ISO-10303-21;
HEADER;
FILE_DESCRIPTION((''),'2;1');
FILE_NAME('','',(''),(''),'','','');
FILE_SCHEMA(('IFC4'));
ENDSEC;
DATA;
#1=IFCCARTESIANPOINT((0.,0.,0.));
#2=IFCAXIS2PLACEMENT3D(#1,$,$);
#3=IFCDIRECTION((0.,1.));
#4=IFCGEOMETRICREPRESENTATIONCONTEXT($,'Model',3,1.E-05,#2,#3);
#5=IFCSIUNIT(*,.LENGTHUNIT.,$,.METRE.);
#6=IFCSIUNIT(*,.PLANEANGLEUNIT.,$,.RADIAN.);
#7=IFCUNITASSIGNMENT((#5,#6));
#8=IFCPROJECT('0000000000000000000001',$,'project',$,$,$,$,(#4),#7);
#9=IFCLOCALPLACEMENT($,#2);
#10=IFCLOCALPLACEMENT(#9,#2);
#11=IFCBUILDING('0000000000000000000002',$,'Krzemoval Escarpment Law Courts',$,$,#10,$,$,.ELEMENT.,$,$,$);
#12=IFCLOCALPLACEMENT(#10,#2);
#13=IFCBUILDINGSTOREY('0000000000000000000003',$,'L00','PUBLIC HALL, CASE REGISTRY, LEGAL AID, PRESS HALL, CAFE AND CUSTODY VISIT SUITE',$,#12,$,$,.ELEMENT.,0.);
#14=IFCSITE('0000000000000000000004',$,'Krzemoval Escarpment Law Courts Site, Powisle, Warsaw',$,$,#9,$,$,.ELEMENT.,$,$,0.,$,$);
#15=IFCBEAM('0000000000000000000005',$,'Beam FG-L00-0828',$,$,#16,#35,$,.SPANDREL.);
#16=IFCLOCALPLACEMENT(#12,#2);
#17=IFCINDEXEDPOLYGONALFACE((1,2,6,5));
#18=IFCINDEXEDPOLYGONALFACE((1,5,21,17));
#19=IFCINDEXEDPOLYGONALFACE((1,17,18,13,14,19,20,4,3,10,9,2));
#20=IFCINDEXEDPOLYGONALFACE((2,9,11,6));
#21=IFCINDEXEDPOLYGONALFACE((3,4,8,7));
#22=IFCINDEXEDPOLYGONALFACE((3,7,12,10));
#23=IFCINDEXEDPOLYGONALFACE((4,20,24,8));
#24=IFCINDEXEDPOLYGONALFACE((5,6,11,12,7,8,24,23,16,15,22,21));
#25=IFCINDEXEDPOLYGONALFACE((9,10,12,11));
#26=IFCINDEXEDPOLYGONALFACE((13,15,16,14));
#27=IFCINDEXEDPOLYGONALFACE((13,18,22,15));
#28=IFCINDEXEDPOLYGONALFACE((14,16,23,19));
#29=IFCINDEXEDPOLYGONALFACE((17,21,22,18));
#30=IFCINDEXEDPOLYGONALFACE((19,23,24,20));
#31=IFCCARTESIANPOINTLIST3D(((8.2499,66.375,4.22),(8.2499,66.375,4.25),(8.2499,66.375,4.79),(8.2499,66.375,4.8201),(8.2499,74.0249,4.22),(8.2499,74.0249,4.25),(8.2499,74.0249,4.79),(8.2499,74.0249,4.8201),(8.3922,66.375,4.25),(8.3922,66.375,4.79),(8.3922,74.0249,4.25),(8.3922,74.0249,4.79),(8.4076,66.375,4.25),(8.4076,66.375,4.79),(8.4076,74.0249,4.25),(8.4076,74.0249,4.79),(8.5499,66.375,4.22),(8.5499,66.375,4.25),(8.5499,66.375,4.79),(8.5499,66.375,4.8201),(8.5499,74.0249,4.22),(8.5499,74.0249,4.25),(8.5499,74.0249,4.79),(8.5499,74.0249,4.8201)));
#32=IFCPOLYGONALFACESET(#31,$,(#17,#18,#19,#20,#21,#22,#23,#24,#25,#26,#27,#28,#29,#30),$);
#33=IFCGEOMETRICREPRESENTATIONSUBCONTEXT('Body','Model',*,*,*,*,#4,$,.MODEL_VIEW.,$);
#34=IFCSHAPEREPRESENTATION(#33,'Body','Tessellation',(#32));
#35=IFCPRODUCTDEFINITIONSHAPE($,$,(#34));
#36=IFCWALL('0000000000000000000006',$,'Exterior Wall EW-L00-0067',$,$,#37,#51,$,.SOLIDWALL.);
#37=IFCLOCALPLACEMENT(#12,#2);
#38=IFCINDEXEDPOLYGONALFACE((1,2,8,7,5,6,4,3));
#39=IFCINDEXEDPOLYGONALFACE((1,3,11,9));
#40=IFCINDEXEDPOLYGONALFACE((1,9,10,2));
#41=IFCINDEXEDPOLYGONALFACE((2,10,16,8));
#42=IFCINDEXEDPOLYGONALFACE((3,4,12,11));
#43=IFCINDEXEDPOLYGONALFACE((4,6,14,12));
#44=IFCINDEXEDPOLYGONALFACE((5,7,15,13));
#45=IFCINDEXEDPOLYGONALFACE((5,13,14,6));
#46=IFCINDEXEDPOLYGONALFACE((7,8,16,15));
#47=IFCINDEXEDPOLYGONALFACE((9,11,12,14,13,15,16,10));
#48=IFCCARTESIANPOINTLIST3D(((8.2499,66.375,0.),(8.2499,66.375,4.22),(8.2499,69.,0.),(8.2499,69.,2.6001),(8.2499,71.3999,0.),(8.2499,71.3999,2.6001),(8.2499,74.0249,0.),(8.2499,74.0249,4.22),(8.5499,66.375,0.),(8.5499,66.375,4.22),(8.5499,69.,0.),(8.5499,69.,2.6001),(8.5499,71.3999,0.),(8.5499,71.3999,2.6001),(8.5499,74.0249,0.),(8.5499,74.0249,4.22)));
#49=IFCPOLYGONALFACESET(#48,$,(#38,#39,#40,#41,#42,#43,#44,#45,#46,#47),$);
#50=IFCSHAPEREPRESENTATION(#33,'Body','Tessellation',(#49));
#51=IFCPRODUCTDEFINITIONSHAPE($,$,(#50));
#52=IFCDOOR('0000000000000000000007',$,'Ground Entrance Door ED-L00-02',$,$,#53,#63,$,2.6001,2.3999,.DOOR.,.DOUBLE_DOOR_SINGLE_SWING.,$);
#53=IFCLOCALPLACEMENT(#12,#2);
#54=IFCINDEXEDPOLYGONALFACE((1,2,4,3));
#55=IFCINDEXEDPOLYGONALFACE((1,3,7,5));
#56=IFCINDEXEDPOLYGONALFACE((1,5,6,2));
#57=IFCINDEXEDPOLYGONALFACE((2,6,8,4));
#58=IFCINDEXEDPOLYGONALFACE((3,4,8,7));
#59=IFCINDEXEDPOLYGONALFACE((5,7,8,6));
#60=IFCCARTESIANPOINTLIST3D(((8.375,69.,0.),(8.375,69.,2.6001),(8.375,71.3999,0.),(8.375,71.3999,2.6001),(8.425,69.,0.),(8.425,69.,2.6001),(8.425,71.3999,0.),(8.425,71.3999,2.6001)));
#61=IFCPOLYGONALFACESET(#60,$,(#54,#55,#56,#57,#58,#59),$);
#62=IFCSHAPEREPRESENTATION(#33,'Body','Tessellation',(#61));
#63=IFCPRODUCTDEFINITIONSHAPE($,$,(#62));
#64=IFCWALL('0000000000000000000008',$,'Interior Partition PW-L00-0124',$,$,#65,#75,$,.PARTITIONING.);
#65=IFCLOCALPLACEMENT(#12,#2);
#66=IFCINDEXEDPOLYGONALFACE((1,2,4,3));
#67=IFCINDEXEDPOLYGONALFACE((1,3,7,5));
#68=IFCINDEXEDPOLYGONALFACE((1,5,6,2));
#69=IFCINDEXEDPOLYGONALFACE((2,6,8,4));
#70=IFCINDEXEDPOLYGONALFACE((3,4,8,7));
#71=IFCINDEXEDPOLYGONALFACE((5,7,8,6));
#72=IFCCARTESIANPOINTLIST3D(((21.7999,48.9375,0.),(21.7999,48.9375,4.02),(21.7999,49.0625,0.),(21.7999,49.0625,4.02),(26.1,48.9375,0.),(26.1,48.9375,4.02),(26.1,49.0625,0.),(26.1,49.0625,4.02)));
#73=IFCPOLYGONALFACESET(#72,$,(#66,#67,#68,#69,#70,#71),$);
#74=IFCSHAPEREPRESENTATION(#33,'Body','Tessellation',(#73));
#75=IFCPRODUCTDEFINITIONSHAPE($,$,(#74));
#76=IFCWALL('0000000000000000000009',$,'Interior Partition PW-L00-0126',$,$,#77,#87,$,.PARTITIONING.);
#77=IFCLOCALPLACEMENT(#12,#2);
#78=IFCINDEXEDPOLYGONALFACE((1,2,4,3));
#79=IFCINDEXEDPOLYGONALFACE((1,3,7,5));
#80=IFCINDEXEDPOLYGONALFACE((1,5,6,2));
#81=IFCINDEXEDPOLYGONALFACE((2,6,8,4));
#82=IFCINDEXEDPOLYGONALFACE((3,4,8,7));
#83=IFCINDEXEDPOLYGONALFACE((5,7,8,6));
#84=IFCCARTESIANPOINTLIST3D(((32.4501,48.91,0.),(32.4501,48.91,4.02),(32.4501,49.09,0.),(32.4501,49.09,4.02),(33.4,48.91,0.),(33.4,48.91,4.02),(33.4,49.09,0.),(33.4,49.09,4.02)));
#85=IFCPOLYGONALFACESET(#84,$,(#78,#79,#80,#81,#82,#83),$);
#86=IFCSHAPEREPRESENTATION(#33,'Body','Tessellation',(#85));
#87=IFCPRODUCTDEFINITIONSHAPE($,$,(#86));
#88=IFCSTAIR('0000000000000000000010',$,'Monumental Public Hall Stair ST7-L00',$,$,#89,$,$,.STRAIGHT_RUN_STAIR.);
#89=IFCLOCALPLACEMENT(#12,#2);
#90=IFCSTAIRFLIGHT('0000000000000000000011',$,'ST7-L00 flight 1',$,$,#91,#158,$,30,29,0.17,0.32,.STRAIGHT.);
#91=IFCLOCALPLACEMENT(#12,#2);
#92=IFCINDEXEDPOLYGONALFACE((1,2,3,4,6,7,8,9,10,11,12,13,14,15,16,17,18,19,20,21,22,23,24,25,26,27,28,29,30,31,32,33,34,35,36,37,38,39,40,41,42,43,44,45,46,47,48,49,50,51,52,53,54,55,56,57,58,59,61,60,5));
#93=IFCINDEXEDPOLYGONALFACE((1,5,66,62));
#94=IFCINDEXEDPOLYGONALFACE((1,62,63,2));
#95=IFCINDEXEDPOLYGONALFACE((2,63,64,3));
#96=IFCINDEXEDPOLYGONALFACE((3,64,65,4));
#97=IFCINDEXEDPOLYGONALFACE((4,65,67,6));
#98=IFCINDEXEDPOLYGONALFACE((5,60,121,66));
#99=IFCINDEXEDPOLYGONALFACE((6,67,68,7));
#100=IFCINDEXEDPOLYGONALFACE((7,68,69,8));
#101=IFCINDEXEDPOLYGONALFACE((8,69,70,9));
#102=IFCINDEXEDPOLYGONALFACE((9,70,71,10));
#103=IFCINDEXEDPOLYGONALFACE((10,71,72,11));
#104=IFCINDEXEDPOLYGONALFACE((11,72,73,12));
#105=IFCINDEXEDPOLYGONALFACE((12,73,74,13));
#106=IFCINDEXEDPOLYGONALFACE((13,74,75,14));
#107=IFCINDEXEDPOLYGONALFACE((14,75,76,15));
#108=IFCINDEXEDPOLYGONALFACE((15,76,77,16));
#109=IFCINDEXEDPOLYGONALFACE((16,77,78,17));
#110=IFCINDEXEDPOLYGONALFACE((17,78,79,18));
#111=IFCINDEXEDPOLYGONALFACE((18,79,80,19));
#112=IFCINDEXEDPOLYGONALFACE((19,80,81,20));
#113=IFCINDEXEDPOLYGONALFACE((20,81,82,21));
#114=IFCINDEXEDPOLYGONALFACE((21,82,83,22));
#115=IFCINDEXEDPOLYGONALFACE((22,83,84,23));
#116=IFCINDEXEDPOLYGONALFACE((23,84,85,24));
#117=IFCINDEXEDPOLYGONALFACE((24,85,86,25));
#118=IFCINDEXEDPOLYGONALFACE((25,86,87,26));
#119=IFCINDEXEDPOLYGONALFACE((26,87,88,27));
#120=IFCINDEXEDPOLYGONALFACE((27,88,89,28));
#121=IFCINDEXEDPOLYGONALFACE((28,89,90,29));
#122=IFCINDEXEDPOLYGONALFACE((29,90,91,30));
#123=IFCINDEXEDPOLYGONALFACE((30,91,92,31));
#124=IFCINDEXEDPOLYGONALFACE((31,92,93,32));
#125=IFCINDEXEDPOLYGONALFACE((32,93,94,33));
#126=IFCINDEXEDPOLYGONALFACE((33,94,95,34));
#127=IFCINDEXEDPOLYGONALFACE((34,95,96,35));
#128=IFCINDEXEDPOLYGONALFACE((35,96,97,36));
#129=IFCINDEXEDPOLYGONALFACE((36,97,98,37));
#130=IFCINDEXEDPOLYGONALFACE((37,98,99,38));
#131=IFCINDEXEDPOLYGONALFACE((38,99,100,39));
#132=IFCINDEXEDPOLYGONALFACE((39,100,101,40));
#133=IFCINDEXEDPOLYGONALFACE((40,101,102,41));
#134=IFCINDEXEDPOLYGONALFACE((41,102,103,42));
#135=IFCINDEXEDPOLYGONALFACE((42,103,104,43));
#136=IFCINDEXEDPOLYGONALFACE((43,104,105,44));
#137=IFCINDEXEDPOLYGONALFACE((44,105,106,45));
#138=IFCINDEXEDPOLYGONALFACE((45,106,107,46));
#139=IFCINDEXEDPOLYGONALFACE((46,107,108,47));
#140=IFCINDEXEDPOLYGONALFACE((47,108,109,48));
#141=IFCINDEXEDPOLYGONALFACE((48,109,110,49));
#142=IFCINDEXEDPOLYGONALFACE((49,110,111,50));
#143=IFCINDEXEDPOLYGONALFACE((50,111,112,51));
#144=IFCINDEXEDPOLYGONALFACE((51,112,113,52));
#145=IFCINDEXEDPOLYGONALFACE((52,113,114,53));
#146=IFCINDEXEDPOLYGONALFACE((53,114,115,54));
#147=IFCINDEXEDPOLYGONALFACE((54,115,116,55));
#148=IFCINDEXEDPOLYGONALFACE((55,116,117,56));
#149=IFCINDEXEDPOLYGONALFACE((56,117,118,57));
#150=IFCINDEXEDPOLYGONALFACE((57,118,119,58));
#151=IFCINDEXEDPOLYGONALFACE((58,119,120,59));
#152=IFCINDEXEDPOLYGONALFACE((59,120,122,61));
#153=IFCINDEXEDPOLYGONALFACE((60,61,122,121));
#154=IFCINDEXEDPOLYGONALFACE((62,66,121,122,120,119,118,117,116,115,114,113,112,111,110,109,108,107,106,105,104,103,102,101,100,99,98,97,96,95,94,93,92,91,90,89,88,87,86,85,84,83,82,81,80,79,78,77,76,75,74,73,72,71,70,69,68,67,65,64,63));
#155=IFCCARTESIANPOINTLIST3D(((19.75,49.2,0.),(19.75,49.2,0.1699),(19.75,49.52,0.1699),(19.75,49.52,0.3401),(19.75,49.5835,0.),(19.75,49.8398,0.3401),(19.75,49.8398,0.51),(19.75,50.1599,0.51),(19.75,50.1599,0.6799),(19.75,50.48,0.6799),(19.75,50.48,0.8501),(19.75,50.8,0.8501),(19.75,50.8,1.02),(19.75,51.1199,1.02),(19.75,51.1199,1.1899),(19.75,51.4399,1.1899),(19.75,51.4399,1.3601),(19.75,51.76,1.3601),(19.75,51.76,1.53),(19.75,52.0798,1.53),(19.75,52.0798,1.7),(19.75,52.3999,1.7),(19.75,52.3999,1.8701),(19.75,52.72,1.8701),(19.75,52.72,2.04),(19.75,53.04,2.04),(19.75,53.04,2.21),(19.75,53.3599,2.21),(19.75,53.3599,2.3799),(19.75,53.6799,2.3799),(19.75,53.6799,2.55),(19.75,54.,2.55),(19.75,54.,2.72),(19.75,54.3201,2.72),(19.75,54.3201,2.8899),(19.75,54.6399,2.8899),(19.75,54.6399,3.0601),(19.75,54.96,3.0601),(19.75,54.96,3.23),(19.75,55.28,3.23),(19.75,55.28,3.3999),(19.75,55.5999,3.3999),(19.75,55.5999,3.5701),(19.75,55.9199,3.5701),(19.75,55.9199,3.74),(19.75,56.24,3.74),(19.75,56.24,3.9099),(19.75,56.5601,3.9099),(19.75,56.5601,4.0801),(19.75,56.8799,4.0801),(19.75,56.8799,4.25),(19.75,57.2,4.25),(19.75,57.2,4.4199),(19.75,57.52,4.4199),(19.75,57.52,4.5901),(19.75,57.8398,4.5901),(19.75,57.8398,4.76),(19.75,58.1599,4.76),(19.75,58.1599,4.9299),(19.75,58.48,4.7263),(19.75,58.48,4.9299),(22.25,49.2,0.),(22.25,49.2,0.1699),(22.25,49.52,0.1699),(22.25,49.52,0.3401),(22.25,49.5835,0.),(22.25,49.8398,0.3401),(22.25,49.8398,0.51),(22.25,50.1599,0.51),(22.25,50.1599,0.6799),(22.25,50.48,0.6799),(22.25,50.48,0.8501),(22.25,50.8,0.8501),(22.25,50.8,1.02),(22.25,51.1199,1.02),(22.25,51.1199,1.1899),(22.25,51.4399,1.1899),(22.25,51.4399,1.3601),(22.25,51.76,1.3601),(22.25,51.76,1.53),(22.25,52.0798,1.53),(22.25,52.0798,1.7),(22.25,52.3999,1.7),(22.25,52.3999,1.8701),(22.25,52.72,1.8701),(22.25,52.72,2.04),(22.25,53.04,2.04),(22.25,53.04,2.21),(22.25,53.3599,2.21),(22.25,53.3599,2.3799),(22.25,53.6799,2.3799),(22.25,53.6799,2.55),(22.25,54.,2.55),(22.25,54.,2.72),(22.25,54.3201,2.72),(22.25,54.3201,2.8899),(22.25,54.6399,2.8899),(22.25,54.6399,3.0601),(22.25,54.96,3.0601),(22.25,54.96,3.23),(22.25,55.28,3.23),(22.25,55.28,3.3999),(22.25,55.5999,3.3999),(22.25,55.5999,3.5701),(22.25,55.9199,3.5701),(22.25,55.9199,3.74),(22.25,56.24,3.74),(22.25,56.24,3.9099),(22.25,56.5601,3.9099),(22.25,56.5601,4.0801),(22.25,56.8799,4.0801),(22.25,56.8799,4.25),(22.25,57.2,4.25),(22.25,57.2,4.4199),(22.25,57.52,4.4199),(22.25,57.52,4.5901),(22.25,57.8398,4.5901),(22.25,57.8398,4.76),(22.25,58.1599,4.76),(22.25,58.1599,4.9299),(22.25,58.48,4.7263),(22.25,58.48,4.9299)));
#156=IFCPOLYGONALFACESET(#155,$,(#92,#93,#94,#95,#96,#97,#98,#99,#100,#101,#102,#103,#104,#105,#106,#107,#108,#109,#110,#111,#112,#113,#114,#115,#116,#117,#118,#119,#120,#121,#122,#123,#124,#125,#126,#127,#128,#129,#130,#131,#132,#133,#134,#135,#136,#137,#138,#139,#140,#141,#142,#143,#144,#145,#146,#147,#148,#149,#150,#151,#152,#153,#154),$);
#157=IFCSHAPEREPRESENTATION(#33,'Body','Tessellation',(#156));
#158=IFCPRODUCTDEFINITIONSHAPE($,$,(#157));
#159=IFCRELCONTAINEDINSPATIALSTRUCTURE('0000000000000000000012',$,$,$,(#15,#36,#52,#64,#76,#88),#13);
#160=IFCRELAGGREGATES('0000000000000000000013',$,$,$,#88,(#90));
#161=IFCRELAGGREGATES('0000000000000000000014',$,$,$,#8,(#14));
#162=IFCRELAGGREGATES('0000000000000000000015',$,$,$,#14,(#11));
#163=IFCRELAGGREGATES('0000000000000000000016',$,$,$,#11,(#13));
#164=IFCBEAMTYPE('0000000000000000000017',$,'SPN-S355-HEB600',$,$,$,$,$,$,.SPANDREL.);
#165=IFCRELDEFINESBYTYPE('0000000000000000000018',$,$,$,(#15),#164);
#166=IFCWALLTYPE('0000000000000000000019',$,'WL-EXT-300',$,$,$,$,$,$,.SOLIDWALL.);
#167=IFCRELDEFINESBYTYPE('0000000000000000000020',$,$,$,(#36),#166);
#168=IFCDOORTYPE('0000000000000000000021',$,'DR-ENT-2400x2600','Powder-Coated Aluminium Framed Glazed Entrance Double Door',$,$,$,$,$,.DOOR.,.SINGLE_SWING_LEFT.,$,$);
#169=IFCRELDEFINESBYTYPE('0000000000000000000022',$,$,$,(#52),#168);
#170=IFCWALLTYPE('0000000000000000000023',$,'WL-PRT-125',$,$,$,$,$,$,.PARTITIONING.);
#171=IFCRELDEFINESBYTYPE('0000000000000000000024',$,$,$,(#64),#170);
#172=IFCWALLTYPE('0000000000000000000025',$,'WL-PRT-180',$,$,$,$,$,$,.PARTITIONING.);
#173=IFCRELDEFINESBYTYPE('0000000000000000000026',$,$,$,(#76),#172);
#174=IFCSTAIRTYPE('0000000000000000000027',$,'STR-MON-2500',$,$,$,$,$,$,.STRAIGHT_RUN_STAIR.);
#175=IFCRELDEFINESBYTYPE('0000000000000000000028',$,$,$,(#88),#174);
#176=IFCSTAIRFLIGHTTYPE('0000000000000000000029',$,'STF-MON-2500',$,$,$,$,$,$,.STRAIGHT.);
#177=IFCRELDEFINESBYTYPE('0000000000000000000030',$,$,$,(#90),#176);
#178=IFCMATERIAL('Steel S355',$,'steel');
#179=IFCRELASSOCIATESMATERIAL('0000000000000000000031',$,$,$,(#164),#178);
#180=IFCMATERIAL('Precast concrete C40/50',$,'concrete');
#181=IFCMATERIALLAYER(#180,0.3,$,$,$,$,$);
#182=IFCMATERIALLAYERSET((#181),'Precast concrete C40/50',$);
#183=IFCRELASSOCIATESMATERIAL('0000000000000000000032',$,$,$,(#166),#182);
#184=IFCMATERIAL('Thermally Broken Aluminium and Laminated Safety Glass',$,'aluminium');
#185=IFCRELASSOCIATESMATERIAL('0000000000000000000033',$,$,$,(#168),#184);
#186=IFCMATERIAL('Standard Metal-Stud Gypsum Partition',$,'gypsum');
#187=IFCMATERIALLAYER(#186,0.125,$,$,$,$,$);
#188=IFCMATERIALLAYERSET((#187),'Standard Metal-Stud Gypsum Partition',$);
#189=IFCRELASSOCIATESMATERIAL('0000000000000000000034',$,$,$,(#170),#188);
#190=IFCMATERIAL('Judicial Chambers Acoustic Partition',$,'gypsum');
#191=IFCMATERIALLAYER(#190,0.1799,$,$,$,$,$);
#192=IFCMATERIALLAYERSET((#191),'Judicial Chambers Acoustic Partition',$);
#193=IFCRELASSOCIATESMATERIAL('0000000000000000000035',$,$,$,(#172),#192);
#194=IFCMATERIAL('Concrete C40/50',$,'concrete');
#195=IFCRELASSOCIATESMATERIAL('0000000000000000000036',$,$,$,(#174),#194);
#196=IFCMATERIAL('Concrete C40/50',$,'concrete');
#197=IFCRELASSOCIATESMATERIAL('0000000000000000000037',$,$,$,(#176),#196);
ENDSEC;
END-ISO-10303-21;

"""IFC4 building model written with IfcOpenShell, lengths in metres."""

from ifc_helpers import new_model, si_unit, direction, frame, frame_2d, origin, origin_2d, place, context, subcontext, project, spatial, polyline, rectangle, i_section, outline, extrude, material, layer, layer_set, material_profile, profile_set, type_object, element, fill, aggregate, save


model = new_model("IFC4")

# Units and contexts
model_context = context("Model", 3, precision=1e-05, world=origin(), true_north=direction((0.0, 1.0)))
body_context = subcontext(model_context, "Body", "Model", "MODEL_VIEW")
ifc_project = project(units=[si_unit("LENGTHUNIT", "METRE"), si_unit("PLANEANGLEUNIT", "RADIAN")], contexts=[model_context])

# Site, building, storey
site_placement = place(None, origin())
site = spatial("IfcSite", under=ifc_project, at=site_placement, Name="Krzemoval Escarpment Law Courts Site, Powisle, Warsaw", CompositionType="ELEMENT", RefElevation=0.0)
building_placement = place(site_placement, origin())
building = spatial("IfcBuilding", under=site, at=building_placement, Name="Krzemoval Escarpment Law Courts", CompositionType="ELEMENT")
storey_placement = place(building_placement, origin())
storey = spatial("IfcBuildingStorey", under=building, at=storey_placement, Name="L00", Description="PUBLIC HALL, CASE REGISTRY, LEGAL AID, PRESS HALL, CAFE AND CUSTODY VISIT SUITE", CompositionType="ELEMENT", Elevation=0.0)

# Beam
ifc_material_1 = material(Name="Steel S355", Category="steel")
ifc_material_profile_1 = material_profile(ifc_material_1, i_section(OverallWidth=0.3, OverallDepth=0.6001, WebThickness=0.0154, FlangeThickness=0.03, at=origin_2d()), Name="HEB 600")
ifc_profile_set_1 = profile_set([ifc_material_profile_1], Name="Steel S355")
beam_type_1 = type_object("IfcBeamType", Name="SPN-S355-HEB600", PredefinedType="SPANDREL", material=ifc_profile_set_1)
beam_1_placement = place(storey_placement, frame((8.3999, 66.375, 4.52), z_axis=(0.0, 1.0, 0.0), x_axis=(-1.0, 0.0, 0.0)))
element("IfcBeam", 1, at=beam_1_placement, inside=storey, type_object=beam_type_1, Name="Beam FG-L00-0828", PredefinedType="SPANDREL", context=body_context, shape_type="SweptSolid", body=[
    extrude(i_section(OverallWidth=0.3, OverallDepth=0.6001, WebThickness=0.0154, FlangeThickness=0.03, at=origin_2d()), origin(), (0.0, 0.0, 1.0), 7.6499),
])

# Wall, opening, door
ifc_material_2 = material(Name="Precast concrete C40/50", Category="concrete")
ifc_layer_1 = layer(ifc_material_2, 0.3)
ifc_layer_set_1 = layer_set([ifc_layer_1], Name="Precast concrete C40/50")
wall_type_1 = type_object("IfcWallType", Name="WL-EXT-300", PredefinedType="SOLIDWALL", material=ifc_layer_set_1)
wall_1_placement = place(storey_placement, frame((8.3999, 66.375, 0.0), z_axis=(0.0, 0.0, 1.0), x_axis=(0.0, 1.0, 0.0)))
wall_1 = element("IfcWall", 2, at=wall_1_placement, inside=storey, type_object=wall_type_1, Name="Exterior Wall EW-L00-0067", PredefinedType="SOLIDWALL", context=body_context, shape_type="SweptSolid", body=[
    extrude(rectangle(XDim=7.6499, YDim=0.3, at=frame_2d((3.825, 0.0))), origin(), (0.0, 0.0, 1.0), 4.22),
])
opening_placement = place(wall_1_placement, frame((2.625, 0.0, 0.0)))
opening = element("IfcOpeningElement", 3, at=opening_placement, cuts=wall_1, PredefinedType="OPENING", context=body_context, shape_type="SweptSolid", body=[
    extrude(rectangle(XDim=2.3999, YDim=2.6001, at=frame_2d((1.2, 1.3))), frame((0.0, 0.165, 0.0), z_axis=(0.0, -1.0, 0.0), x_axis=(1.0, 0.0, 0.0)), (0.0, 0.0, 1.0), 0.3301),
])
ifc_material_3 = material(Name="Thermally Broken Aluminium and Laminated Safety Glass", Category="aluminium")
door_type = type_object("IfcDoorType", Name="DR-ENT-2400x2600", Description="Powder-Coated Aluminium Framed Glazed Entrance Double Door", OperationType="SINGLE_SWING_LEFT", PredefinedType="DOOR", material=ifc_material_3)
door_placement = place(opening_placement, origin())
door = element("IfcDoor", 4, at=door_placement, inside=storey, type_object=door_type, Name="Ground Entrance Door ED-L00-02", OperationType="DOUBLE_DOOR_SINGLE_SWING", OverallHeight=2.6001, OverallWidth=2.3999, PredefinedType="DOOR", context=body_context, shape_type="SweptSolid", body=[
    extrude(rectangle(XDim=2.3999, YDim=2.6001, at=frame_2d((1.2, 1.3))), frame((0.0, 0.0249, 0.0), z_axis=(0.0, -1.0, 0.0), x_axis=(1.0, 0.0, 0.0)), (0.0, 0.0, 1.0), 0.05),
])
fill(opening, door)

# Walls
ifc_material_4 = material(Name="Standard Metal-Stud Gypsum Partition", Category="gypsum")
ifc_layer_2 = layer(ifc_material_4, 0.125)
ifc_layer_set_2 = layer_set([ifc_layer_2], Name="Standard Metal-Stud Gypsum Partition")
wall_type_2 = type_object("IfcWallType", Name="WL-PRT-125", PredefinedType="PARTITIONING", material=ifc_layer_set_2)
wall_2_placement = place(storey_placement, frame((21.8, 49.0, 0.0), z_axis=(0.0, 0.0, 1.0), x_axis=(1.0, 0.0, 0.0)))
element("IfcWall", 5, at=wall_2_placement, inside=storey, type_object=wall_type_2, Name="Interior Partition PW-L00-0124", PredefinedType="PARTITIONING", context=body_context, shape_type="SweptSolid", body=[
    extrude(rectangle(XDim=4.3, YDim=0.125, at=frame_2d((2.1499, 0.0))), origin(), (0.0, 0.0, 1.0), 4.02),
])
ifc_material_5 = material(Name="Judicial Chambers Acoustic Partition", Category="gypsum")
ifc_layer_3 = layer(ifc_material_5, 0.1799)
ifc_layer_set_3 = layer_set([ifc_layer_3], Name="Judicial Chambers Acoustic Partition")
wall_type_3 = type_object("IfcWallType", Name="WL-PRT-180", PredefinedType="PARTITIONING", material=ifc_layer_set_3)
wall_3_placement = place(storey_placement, frame((32.45, 49.0, 0.0), z_axis=(0.0, 0.0, 1.0), x_axis=(1.0, 0.0, 0.0)))
element("IfcWall", 6, at=wall_3_placement, inside=storey, type_object=wall_type_3, Name="Interior Partition PW-L00-0126", PredefinedType="PARTITIONING", context=body_context, shape_type="SweptSolid", body=[
    extrude(rectangle(XDim=0.95, YDim=0.1799, at=frame_2d((0.4751, 0.0))), origin(), (0.0, 0.0, 1.0), 4.02),
])

# Stair, stair flight
ifc_material_6 = material(Name="Concrete C40/50", Category="concrete")
stair_type = type_object("IfcStairType", Name="STR-MON-2500", PredefinedType="STRAIGHT_RUN_STAIR", material=ifc_material_6)
stair_1_placement = place(storey_placement, origin())
stair_1 = element("IfcStair", 7, at=stair_1_placement, inside=storey, type_object=stair_type, Name="Monumental Public Hall Stair ST7-L00", PredefinedType="STRAIGHT_RUN_STAIR")
ifc_material_7 = material(Name="Concrete C40/50", Category="concrete")
stair_flight_type = type_object("IfcStairFlightType", Name="STF-MON-2500", PredefinedType="STRAIGHT", material=ifc_material_7)
stair_flight_1_placement = place(storey_placement, frame((21.0, 49.2, 0.0), z_axis=(0.0, 0.0, 1.0), x_axis=(0.0, 1.0, 0.0)))
stair_flight_1 = element("IfcStairFlight", 8, at=stair_flight_1_placement, type_object=stair_flight_type, Name="ST7-L00 flight 1", NumberOfRisers=30, NumberOfTreads=29, PredefinedType="STRAIGHT", RiserHeight=0.17, TreadLength=0.32, context=body_context, shape_type="SweptSolid", body=[
    extrude(outline(polyline([(0.0, 0.0), (0.0, 0.1699), (0.3201, 0.1699), (0.3201, 0.3401), (0.6399, 0.3401), (0.6399, 0.51), (0.96, 0.51), (0.96, 0.6799), (1.28, 0.6799), (1.28, 0.8501), (1.6001, 0.8501), (1.6001, 1.02), (1.9199, 1.02), (1.9199, 1.1899), (2.24, 1.1899), (2.24, 1.3601), (2.5601, 1.3601), (2.5601, 1.53), (2.8799, 1.53), (2.8799, 1.7), (3.2, 1.7), (3.2, 1.8701), (3.52, 1.8701), (3.52, 2.04), (3.8401, 2.04), (3.8401, 2.21), (4.1599, 2.21), (4.1599, 2.3799), (4.48, 2.3799), (4.48, 2.55), (4.8, 2.55), (4.8, 2.72), (5.1201, 2.72), (5.1201, 2.8899), (5.4399, 2.8899), (5.4399, 3.0601), (5.76, 3.0601), (5.76, 3.23), (6.0801, 3.23), (6.0801, 3.3999), (6.3999, 3.3999), (6.3999, 3.5701), (6.72, 3.5701), (6.72, 3.74), (7.04, 3.74), (7.04, 3.9099), (7.3601, 3.9099), (7.3601, 4.0801), (7.6799, 4.0801), (7.6799, 4.25), (8.0, 4.25), (8.0, 4.4199), (8.3201, 4.4199), (8.3201, 4.5901), (8.6399, 4.5901), (8.6399, 4.76), (8.96, 4.76), (8.96, 4.9299), (9.28, 4.9299), (9.28, 5.1001), (9.28, 4.7263), (0.3835, 0.0), (0.0, 0.0)])), frame((0.0, 1.25, 0.0), z_axis=(0.0, -1.0, 0.0), x_axis=(1.0, 0.0, 0.0)), (0.0, 0.0, 1.0), 2.5),
])
aggregate(stair_1, [stair_flight_1])

save(model, "model.ifc")
